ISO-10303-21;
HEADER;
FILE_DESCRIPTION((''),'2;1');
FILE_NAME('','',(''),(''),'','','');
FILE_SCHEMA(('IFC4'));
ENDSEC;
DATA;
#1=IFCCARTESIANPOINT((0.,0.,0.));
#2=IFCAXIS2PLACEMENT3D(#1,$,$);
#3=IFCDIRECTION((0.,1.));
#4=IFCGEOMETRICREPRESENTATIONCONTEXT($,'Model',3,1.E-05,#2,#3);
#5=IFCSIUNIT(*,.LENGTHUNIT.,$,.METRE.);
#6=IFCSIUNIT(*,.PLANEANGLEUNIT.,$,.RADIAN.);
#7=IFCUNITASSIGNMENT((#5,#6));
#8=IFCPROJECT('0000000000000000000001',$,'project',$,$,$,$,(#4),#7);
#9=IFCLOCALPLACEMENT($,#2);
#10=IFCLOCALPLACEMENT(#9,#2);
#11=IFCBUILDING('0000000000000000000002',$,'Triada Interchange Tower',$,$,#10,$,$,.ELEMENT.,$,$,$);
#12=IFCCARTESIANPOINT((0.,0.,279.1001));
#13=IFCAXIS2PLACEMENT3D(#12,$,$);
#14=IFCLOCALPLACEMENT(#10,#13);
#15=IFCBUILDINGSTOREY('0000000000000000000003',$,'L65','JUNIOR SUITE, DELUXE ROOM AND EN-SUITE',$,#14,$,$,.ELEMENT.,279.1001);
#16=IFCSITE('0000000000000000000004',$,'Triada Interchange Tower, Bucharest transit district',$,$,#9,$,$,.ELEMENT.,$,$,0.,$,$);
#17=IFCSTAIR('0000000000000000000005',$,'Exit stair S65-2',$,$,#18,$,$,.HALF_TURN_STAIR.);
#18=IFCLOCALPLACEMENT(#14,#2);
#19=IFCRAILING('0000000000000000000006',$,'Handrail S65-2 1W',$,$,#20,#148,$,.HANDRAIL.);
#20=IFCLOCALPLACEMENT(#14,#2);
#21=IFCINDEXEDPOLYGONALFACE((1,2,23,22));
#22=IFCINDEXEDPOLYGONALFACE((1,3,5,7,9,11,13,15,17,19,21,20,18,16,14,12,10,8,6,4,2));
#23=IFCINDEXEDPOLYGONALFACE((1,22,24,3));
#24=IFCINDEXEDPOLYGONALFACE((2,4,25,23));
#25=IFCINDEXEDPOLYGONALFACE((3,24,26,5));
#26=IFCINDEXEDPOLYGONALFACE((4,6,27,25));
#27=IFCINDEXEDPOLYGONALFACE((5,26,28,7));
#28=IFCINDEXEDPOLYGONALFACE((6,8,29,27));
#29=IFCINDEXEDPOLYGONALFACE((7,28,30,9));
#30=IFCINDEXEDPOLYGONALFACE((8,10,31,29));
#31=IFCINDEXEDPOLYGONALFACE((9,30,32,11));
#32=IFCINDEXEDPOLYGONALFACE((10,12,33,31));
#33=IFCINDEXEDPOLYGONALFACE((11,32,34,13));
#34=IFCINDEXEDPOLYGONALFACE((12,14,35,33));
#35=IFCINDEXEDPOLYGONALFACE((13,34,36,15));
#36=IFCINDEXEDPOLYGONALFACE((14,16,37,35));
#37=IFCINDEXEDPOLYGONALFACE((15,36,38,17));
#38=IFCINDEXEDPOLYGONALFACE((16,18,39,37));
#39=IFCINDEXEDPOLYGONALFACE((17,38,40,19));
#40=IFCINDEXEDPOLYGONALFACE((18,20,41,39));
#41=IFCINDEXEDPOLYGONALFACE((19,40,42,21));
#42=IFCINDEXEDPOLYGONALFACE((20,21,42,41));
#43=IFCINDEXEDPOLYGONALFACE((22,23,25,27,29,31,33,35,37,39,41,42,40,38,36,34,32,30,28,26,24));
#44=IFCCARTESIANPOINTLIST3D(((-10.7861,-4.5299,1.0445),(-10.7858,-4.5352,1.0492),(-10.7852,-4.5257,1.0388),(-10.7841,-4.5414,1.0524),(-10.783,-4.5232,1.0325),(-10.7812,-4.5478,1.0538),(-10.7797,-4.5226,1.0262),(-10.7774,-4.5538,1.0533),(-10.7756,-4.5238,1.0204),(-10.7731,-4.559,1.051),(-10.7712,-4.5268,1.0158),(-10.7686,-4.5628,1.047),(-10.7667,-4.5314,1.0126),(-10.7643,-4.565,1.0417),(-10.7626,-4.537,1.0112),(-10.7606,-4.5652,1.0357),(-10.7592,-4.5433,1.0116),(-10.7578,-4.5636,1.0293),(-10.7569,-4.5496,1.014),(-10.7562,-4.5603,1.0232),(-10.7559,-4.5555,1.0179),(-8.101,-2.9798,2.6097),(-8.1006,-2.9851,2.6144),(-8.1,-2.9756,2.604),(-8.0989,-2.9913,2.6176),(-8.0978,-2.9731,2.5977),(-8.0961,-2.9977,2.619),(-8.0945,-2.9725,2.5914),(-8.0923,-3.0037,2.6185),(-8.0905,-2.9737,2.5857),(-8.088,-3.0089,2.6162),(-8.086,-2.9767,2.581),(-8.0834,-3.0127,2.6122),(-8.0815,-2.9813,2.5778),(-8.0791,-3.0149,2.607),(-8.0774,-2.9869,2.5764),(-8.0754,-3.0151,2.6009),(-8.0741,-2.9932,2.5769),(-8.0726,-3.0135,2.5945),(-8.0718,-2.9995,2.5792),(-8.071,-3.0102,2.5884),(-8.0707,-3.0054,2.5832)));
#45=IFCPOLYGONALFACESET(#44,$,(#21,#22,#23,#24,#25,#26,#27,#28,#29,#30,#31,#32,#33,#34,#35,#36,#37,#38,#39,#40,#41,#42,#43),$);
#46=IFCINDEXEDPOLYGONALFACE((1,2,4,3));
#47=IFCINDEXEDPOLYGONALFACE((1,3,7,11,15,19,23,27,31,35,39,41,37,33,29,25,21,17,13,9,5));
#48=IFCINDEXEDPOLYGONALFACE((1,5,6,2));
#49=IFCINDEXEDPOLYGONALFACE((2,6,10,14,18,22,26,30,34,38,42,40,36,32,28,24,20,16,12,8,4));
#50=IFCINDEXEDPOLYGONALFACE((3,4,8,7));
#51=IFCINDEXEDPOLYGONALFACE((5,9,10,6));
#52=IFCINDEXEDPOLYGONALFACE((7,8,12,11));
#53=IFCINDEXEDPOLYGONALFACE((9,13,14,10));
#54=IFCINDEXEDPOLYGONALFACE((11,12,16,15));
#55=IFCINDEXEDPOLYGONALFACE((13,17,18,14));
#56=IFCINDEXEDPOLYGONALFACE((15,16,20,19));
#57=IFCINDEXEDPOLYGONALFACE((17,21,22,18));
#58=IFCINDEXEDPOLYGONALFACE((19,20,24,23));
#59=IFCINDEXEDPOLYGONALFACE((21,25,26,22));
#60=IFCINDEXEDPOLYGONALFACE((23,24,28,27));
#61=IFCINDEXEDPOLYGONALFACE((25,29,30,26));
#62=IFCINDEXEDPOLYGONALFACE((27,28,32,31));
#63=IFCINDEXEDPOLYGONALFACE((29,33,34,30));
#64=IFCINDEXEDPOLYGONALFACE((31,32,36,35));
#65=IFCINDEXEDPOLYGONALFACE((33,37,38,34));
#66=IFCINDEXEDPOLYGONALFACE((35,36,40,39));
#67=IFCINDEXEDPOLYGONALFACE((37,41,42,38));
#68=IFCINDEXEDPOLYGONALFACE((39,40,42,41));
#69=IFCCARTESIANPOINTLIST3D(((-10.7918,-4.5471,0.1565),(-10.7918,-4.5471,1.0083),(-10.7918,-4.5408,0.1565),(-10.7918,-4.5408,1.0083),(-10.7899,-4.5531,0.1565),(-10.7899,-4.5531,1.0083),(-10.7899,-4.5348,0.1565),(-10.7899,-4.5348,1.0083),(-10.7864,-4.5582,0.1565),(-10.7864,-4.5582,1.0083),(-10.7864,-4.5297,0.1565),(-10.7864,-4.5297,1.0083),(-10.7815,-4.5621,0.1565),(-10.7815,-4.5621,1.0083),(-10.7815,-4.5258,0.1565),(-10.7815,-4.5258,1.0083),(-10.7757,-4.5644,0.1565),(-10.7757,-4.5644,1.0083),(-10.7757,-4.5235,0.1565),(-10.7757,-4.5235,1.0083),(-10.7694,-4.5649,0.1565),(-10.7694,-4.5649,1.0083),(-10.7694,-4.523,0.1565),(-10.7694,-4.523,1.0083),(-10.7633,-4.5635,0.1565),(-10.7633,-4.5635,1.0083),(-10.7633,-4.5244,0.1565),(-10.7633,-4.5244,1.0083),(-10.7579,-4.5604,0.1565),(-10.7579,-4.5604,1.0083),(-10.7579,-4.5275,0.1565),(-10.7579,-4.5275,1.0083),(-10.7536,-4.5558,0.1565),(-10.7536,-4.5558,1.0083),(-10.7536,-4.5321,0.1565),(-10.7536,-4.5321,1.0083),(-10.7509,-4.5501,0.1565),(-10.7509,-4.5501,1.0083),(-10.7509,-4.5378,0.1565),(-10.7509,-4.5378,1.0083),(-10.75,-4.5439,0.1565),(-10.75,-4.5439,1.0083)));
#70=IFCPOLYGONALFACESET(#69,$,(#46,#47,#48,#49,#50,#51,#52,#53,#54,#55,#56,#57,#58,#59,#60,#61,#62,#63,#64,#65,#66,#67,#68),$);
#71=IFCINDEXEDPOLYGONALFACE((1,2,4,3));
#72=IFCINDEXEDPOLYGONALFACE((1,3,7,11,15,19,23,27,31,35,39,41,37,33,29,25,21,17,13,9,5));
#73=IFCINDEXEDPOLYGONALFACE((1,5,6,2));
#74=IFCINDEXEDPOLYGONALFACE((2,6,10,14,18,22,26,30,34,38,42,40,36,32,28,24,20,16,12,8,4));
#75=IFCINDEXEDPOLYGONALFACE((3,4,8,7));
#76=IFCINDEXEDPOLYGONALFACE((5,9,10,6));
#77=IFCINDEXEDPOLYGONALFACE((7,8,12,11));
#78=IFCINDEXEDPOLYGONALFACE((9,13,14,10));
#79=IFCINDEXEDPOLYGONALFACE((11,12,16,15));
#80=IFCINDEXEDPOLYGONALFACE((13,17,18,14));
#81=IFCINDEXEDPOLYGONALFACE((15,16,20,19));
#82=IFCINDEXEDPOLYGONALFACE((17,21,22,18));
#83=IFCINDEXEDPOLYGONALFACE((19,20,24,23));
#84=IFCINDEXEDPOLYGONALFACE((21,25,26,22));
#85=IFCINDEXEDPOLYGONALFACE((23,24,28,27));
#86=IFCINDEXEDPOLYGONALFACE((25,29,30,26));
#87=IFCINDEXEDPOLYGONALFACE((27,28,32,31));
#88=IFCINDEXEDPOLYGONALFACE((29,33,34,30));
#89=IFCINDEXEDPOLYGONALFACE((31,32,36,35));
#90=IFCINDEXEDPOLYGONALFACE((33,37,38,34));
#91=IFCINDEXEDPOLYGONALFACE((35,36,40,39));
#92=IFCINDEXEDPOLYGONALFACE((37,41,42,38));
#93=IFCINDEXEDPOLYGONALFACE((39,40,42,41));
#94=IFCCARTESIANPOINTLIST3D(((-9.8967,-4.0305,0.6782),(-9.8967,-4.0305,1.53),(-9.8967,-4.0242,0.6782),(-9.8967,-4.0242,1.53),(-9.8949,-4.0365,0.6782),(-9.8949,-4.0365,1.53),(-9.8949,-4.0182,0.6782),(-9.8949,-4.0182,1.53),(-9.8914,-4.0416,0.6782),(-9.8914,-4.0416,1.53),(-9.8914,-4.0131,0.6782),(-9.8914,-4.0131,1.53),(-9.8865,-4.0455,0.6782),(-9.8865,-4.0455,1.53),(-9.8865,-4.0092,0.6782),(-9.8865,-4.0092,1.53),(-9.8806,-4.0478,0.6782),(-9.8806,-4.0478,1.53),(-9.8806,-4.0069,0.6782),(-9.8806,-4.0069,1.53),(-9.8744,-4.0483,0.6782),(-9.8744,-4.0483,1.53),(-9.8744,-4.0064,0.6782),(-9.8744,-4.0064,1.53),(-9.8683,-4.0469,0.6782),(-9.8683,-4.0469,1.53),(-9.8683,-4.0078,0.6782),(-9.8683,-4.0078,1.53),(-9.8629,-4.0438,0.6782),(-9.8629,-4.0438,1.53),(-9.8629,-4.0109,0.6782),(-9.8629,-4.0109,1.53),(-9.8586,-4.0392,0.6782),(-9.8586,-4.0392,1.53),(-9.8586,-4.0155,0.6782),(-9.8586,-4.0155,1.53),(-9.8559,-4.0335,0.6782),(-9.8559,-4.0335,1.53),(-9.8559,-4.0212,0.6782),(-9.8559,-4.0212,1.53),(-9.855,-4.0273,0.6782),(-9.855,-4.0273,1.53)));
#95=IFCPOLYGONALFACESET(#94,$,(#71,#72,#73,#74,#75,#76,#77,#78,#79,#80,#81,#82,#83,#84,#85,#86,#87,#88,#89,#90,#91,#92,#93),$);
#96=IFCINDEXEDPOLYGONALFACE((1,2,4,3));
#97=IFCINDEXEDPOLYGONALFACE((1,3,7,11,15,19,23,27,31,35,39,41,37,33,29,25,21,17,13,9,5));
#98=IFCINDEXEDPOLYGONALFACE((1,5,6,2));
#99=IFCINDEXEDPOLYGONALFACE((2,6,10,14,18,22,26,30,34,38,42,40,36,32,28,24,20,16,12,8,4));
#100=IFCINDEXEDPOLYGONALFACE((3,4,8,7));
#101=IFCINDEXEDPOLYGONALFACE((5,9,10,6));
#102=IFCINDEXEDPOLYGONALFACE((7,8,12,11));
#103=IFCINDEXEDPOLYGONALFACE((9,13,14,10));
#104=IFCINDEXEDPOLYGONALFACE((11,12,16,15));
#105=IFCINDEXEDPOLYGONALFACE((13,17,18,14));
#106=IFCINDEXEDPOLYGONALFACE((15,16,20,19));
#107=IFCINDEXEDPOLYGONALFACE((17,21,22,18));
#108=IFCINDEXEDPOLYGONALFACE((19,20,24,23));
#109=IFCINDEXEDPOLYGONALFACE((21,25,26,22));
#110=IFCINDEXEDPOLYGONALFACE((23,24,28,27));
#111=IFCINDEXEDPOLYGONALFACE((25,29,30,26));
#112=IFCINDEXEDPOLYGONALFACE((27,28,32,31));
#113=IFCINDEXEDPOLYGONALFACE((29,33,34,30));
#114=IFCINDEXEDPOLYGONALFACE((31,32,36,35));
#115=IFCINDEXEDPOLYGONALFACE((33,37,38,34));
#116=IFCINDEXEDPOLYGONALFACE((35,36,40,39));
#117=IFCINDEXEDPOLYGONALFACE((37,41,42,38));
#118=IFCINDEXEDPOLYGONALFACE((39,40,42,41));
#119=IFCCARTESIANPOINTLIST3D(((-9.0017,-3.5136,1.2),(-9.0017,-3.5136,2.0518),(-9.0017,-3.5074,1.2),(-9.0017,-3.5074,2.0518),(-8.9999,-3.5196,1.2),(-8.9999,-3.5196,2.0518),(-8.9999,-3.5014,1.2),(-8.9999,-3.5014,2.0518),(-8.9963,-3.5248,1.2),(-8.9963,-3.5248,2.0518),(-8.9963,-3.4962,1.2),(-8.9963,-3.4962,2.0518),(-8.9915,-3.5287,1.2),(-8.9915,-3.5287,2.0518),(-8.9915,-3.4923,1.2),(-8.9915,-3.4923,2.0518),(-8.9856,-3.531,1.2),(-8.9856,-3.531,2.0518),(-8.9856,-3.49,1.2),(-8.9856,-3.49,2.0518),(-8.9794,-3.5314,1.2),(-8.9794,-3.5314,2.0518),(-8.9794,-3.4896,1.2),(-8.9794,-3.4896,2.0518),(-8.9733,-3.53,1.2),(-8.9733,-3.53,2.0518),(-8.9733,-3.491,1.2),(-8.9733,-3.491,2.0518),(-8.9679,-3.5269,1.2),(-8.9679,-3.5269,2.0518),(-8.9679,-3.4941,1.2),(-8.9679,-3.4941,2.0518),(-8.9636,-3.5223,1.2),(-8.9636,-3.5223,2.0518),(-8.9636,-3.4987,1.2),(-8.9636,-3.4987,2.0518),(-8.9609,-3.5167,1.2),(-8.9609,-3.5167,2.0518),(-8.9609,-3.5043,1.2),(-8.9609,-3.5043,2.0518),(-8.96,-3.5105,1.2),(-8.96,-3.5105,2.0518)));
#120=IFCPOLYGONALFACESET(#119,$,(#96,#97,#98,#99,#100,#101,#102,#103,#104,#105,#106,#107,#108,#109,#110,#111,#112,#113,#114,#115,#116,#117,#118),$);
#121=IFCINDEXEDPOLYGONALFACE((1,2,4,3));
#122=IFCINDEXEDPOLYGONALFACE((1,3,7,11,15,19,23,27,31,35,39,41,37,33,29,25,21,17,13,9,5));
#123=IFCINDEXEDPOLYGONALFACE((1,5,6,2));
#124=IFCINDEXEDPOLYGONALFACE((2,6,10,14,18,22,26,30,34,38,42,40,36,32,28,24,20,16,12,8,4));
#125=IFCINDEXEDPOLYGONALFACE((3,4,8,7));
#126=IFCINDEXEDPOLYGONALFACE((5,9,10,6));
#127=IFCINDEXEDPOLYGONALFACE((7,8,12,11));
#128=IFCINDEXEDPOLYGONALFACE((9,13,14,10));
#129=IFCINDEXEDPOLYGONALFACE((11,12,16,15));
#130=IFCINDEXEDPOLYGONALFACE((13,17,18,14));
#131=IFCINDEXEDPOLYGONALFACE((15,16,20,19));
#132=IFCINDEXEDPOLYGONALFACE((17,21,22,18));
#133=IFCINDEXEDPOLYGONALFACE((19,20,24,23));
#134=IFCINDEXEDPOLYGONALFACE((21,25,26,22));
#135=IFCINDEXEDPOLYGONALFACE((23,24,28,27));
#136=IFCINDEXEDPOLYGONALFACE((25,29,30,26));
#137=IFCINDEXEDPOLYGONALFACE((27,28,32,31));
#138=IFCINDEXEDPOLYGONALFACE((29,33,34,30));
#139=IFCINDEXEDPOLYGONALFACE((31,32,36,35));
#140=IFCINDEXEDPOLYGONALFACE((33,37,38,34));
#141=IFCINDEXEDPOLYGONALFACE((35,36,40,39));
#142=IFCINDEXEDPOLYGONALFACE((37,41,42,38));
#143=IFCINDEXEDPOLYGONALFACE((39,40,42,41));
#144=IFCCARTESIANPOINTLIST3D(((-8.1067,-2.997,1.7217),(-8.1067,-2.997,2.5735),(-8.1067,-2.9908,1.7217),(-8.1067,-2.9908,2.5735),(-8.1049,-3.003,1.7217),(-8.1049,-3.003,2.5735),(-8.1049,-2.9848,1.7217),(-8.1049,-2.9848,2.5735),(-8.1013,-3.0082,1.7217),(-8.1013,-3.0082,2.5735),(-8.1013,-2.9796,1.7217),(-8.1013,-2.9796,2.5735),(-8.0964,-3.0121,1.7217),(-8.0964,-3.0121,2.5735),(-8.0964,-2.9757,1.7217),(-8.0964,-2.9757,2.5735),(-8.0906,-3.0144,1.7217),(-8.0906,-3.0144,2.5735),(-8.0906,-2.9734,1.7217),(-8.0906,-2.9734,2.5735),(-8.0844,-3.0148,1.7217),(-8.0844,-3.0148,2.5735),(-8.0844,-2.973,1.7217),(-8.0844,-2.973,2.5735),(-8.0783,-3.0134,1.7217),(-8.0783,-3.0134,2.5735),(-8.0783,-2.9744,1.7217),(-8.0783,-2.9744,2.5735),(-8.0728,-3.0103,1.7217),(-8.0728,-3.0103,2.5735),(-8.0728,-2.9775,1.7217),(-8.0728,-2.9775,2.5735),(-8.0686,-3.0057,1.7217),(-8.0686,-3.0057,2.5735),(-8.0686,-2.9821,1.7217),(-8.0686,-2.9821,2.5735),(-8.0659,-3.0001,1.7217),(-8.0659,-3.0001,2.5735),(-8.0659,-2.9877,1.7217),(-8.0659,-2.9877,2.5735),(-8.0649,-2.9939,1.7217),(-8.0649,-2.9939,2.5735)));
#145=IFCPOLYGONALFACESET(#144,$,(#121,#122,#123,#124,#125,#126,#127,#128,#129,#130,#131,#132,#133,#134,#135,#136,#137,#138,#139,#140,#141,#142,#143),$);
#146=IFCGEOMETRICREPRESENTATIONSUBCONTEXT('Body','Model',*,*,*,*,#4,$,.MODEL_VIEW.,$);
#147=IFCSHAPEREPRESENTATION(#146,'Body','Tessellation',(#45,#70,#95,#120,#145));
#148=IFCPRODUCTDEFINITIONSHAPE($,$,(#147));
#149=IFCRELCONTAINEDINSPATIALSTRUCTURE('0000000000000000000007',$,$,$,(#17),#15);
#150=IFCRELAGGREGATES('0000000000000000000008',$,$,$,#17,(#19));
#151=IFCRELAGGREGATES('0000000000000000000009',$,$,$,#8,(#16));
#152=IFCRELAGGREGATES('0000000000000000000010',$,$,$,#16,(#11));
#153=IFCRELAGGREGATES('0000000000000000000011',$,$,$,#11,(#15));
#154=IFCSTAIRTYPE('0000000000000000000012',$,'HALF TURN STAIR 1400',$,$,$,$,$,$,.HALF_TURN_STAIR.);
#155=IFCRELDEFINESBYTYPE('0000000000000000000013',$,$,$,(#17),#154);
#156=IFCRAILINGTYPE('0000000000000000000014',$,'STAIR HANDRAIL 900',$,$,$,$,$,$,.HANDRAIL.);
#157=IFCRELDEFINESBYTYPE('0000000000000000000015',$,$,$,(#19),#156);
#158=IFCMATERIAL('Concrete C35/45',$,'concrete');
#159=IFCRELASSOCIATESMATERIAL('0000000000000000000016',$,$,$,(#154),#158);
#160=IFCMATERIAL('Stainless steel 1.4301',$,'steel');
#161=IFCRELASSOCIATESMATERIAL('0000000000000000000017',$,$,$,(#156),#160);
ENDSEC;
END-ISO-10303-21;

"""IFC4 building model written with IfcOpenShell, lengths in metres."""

from ifc_helpers import new_model, si_unit, direction, frame, origin, origin_2d, place, context, subcontext, project, spatial, circle, extrude, material, type_object, element, aggregate, save


model = new_model("IFC4")

# Units and contexts
model_context = context("Model", 3, precision=1e-05, world=origin(), true_north=direction((0.0, 1.0)))
body_context = subcontext(model_context, "Body", "Model", "MODEL_VIEW")
ifc_project = project(units=[si_unit("LENGTHUNIT", "METRE"), si_unit("PLANEANGLEUNIT", "RADIAN")], contexts=[model_context])

# Site, building, storey
site_placement = place(None, origin())
site = spatial("IfcSite", under=ifc_project, at=site_placement, Name="Triada Interchange Tower, Bucharest transit district", CompositionType="ELEMENT", RefElevation=0.0)
building_placement = place(site_placement, origin())
building = spatial("IfcBuilding", under=site, at=building_placement, Name="Triada Interchange Tower", CompositionType="ELEMENT")
storey_placement = place(building_placement, frame((0.0, 0.0, 279.1001)))
storey = spatial("IfcBuildingStorey", under=building, at=storey_placement, Name="L65", Description="JUNIOR SUITE, DELUXE ROOM AND EN-SUITE", CompositionType="ELEMENT", Elevation=279.1001)

# Stair
ifc_material_1 = material(Name="Concrete C35/45", Category="concrete")
stair_type = type_object("IfcStairType", Name="HALF TURN STAIR 1400", PredefinedType="HALF_TURN_STAIR", material=ifc_material_1)
stair_placement = place(storey_placement, origin())
stair = element("IfcStair", 1, at=stair_placement, inside=storey, type_object=stair_type, Name="Exit stair S65-2", PredefinedType="HALF_TURN_STAIR")

# Railing
ifc_material_2 = material(Name="Stainless steel 1.4301", Category="steel")
railing_type = type_object("IfcRailingType", Name="STAIR HANDRAIL 900", PredefinedType="HANDRAIL", material=ifc_material_2)
railing_1_placement = place(storey_placement, frame((-10.771, -4.5439, 0.1565)))
railing_1 = element("IfcRailing", 2, at=railing_1_placement, type_object=railing_type, Name="Handrail S65-2 1W", PredefinedType="HANDRAIL", context=body_context, shape_type="SweptSolid", body=[
    extrude(circle(Radius=0.0239, at=origin_2d()), frame((0.0, 0.0, 0.876), z_axis=(0.773115, 0.446309, 0.450667), x_axis=(-0.499959, 0.866049, 0.0)), (0.0, 0.0, 1.0), 3.4731),
    extrude(circle(Radius=0.021, at=origin_2d()), origin(), (0.0, 0.0, 1.0), 0.8518),
    extrude(circle(Radius=0.021, at=origin_2d()), frame((0.895, 0.5166, 0.5217)), (0.0, 0.0, 1.0), 0.8518),
    extrude(circle(Radius=0.021, at=origin_2d()), frame((1.79, 1.0334, 1.0435)), (0.0, 0.0, 1.0), 0.8518),
    extrude(circle(Radius=0.021, at=origin_2d()), frame((2.6851, 1.55, 1.5652)), (0.0, 0.0, 1.0), 0.8518),
])
aggregate(stair, [railing_1])

save(model, "model.ifc")
